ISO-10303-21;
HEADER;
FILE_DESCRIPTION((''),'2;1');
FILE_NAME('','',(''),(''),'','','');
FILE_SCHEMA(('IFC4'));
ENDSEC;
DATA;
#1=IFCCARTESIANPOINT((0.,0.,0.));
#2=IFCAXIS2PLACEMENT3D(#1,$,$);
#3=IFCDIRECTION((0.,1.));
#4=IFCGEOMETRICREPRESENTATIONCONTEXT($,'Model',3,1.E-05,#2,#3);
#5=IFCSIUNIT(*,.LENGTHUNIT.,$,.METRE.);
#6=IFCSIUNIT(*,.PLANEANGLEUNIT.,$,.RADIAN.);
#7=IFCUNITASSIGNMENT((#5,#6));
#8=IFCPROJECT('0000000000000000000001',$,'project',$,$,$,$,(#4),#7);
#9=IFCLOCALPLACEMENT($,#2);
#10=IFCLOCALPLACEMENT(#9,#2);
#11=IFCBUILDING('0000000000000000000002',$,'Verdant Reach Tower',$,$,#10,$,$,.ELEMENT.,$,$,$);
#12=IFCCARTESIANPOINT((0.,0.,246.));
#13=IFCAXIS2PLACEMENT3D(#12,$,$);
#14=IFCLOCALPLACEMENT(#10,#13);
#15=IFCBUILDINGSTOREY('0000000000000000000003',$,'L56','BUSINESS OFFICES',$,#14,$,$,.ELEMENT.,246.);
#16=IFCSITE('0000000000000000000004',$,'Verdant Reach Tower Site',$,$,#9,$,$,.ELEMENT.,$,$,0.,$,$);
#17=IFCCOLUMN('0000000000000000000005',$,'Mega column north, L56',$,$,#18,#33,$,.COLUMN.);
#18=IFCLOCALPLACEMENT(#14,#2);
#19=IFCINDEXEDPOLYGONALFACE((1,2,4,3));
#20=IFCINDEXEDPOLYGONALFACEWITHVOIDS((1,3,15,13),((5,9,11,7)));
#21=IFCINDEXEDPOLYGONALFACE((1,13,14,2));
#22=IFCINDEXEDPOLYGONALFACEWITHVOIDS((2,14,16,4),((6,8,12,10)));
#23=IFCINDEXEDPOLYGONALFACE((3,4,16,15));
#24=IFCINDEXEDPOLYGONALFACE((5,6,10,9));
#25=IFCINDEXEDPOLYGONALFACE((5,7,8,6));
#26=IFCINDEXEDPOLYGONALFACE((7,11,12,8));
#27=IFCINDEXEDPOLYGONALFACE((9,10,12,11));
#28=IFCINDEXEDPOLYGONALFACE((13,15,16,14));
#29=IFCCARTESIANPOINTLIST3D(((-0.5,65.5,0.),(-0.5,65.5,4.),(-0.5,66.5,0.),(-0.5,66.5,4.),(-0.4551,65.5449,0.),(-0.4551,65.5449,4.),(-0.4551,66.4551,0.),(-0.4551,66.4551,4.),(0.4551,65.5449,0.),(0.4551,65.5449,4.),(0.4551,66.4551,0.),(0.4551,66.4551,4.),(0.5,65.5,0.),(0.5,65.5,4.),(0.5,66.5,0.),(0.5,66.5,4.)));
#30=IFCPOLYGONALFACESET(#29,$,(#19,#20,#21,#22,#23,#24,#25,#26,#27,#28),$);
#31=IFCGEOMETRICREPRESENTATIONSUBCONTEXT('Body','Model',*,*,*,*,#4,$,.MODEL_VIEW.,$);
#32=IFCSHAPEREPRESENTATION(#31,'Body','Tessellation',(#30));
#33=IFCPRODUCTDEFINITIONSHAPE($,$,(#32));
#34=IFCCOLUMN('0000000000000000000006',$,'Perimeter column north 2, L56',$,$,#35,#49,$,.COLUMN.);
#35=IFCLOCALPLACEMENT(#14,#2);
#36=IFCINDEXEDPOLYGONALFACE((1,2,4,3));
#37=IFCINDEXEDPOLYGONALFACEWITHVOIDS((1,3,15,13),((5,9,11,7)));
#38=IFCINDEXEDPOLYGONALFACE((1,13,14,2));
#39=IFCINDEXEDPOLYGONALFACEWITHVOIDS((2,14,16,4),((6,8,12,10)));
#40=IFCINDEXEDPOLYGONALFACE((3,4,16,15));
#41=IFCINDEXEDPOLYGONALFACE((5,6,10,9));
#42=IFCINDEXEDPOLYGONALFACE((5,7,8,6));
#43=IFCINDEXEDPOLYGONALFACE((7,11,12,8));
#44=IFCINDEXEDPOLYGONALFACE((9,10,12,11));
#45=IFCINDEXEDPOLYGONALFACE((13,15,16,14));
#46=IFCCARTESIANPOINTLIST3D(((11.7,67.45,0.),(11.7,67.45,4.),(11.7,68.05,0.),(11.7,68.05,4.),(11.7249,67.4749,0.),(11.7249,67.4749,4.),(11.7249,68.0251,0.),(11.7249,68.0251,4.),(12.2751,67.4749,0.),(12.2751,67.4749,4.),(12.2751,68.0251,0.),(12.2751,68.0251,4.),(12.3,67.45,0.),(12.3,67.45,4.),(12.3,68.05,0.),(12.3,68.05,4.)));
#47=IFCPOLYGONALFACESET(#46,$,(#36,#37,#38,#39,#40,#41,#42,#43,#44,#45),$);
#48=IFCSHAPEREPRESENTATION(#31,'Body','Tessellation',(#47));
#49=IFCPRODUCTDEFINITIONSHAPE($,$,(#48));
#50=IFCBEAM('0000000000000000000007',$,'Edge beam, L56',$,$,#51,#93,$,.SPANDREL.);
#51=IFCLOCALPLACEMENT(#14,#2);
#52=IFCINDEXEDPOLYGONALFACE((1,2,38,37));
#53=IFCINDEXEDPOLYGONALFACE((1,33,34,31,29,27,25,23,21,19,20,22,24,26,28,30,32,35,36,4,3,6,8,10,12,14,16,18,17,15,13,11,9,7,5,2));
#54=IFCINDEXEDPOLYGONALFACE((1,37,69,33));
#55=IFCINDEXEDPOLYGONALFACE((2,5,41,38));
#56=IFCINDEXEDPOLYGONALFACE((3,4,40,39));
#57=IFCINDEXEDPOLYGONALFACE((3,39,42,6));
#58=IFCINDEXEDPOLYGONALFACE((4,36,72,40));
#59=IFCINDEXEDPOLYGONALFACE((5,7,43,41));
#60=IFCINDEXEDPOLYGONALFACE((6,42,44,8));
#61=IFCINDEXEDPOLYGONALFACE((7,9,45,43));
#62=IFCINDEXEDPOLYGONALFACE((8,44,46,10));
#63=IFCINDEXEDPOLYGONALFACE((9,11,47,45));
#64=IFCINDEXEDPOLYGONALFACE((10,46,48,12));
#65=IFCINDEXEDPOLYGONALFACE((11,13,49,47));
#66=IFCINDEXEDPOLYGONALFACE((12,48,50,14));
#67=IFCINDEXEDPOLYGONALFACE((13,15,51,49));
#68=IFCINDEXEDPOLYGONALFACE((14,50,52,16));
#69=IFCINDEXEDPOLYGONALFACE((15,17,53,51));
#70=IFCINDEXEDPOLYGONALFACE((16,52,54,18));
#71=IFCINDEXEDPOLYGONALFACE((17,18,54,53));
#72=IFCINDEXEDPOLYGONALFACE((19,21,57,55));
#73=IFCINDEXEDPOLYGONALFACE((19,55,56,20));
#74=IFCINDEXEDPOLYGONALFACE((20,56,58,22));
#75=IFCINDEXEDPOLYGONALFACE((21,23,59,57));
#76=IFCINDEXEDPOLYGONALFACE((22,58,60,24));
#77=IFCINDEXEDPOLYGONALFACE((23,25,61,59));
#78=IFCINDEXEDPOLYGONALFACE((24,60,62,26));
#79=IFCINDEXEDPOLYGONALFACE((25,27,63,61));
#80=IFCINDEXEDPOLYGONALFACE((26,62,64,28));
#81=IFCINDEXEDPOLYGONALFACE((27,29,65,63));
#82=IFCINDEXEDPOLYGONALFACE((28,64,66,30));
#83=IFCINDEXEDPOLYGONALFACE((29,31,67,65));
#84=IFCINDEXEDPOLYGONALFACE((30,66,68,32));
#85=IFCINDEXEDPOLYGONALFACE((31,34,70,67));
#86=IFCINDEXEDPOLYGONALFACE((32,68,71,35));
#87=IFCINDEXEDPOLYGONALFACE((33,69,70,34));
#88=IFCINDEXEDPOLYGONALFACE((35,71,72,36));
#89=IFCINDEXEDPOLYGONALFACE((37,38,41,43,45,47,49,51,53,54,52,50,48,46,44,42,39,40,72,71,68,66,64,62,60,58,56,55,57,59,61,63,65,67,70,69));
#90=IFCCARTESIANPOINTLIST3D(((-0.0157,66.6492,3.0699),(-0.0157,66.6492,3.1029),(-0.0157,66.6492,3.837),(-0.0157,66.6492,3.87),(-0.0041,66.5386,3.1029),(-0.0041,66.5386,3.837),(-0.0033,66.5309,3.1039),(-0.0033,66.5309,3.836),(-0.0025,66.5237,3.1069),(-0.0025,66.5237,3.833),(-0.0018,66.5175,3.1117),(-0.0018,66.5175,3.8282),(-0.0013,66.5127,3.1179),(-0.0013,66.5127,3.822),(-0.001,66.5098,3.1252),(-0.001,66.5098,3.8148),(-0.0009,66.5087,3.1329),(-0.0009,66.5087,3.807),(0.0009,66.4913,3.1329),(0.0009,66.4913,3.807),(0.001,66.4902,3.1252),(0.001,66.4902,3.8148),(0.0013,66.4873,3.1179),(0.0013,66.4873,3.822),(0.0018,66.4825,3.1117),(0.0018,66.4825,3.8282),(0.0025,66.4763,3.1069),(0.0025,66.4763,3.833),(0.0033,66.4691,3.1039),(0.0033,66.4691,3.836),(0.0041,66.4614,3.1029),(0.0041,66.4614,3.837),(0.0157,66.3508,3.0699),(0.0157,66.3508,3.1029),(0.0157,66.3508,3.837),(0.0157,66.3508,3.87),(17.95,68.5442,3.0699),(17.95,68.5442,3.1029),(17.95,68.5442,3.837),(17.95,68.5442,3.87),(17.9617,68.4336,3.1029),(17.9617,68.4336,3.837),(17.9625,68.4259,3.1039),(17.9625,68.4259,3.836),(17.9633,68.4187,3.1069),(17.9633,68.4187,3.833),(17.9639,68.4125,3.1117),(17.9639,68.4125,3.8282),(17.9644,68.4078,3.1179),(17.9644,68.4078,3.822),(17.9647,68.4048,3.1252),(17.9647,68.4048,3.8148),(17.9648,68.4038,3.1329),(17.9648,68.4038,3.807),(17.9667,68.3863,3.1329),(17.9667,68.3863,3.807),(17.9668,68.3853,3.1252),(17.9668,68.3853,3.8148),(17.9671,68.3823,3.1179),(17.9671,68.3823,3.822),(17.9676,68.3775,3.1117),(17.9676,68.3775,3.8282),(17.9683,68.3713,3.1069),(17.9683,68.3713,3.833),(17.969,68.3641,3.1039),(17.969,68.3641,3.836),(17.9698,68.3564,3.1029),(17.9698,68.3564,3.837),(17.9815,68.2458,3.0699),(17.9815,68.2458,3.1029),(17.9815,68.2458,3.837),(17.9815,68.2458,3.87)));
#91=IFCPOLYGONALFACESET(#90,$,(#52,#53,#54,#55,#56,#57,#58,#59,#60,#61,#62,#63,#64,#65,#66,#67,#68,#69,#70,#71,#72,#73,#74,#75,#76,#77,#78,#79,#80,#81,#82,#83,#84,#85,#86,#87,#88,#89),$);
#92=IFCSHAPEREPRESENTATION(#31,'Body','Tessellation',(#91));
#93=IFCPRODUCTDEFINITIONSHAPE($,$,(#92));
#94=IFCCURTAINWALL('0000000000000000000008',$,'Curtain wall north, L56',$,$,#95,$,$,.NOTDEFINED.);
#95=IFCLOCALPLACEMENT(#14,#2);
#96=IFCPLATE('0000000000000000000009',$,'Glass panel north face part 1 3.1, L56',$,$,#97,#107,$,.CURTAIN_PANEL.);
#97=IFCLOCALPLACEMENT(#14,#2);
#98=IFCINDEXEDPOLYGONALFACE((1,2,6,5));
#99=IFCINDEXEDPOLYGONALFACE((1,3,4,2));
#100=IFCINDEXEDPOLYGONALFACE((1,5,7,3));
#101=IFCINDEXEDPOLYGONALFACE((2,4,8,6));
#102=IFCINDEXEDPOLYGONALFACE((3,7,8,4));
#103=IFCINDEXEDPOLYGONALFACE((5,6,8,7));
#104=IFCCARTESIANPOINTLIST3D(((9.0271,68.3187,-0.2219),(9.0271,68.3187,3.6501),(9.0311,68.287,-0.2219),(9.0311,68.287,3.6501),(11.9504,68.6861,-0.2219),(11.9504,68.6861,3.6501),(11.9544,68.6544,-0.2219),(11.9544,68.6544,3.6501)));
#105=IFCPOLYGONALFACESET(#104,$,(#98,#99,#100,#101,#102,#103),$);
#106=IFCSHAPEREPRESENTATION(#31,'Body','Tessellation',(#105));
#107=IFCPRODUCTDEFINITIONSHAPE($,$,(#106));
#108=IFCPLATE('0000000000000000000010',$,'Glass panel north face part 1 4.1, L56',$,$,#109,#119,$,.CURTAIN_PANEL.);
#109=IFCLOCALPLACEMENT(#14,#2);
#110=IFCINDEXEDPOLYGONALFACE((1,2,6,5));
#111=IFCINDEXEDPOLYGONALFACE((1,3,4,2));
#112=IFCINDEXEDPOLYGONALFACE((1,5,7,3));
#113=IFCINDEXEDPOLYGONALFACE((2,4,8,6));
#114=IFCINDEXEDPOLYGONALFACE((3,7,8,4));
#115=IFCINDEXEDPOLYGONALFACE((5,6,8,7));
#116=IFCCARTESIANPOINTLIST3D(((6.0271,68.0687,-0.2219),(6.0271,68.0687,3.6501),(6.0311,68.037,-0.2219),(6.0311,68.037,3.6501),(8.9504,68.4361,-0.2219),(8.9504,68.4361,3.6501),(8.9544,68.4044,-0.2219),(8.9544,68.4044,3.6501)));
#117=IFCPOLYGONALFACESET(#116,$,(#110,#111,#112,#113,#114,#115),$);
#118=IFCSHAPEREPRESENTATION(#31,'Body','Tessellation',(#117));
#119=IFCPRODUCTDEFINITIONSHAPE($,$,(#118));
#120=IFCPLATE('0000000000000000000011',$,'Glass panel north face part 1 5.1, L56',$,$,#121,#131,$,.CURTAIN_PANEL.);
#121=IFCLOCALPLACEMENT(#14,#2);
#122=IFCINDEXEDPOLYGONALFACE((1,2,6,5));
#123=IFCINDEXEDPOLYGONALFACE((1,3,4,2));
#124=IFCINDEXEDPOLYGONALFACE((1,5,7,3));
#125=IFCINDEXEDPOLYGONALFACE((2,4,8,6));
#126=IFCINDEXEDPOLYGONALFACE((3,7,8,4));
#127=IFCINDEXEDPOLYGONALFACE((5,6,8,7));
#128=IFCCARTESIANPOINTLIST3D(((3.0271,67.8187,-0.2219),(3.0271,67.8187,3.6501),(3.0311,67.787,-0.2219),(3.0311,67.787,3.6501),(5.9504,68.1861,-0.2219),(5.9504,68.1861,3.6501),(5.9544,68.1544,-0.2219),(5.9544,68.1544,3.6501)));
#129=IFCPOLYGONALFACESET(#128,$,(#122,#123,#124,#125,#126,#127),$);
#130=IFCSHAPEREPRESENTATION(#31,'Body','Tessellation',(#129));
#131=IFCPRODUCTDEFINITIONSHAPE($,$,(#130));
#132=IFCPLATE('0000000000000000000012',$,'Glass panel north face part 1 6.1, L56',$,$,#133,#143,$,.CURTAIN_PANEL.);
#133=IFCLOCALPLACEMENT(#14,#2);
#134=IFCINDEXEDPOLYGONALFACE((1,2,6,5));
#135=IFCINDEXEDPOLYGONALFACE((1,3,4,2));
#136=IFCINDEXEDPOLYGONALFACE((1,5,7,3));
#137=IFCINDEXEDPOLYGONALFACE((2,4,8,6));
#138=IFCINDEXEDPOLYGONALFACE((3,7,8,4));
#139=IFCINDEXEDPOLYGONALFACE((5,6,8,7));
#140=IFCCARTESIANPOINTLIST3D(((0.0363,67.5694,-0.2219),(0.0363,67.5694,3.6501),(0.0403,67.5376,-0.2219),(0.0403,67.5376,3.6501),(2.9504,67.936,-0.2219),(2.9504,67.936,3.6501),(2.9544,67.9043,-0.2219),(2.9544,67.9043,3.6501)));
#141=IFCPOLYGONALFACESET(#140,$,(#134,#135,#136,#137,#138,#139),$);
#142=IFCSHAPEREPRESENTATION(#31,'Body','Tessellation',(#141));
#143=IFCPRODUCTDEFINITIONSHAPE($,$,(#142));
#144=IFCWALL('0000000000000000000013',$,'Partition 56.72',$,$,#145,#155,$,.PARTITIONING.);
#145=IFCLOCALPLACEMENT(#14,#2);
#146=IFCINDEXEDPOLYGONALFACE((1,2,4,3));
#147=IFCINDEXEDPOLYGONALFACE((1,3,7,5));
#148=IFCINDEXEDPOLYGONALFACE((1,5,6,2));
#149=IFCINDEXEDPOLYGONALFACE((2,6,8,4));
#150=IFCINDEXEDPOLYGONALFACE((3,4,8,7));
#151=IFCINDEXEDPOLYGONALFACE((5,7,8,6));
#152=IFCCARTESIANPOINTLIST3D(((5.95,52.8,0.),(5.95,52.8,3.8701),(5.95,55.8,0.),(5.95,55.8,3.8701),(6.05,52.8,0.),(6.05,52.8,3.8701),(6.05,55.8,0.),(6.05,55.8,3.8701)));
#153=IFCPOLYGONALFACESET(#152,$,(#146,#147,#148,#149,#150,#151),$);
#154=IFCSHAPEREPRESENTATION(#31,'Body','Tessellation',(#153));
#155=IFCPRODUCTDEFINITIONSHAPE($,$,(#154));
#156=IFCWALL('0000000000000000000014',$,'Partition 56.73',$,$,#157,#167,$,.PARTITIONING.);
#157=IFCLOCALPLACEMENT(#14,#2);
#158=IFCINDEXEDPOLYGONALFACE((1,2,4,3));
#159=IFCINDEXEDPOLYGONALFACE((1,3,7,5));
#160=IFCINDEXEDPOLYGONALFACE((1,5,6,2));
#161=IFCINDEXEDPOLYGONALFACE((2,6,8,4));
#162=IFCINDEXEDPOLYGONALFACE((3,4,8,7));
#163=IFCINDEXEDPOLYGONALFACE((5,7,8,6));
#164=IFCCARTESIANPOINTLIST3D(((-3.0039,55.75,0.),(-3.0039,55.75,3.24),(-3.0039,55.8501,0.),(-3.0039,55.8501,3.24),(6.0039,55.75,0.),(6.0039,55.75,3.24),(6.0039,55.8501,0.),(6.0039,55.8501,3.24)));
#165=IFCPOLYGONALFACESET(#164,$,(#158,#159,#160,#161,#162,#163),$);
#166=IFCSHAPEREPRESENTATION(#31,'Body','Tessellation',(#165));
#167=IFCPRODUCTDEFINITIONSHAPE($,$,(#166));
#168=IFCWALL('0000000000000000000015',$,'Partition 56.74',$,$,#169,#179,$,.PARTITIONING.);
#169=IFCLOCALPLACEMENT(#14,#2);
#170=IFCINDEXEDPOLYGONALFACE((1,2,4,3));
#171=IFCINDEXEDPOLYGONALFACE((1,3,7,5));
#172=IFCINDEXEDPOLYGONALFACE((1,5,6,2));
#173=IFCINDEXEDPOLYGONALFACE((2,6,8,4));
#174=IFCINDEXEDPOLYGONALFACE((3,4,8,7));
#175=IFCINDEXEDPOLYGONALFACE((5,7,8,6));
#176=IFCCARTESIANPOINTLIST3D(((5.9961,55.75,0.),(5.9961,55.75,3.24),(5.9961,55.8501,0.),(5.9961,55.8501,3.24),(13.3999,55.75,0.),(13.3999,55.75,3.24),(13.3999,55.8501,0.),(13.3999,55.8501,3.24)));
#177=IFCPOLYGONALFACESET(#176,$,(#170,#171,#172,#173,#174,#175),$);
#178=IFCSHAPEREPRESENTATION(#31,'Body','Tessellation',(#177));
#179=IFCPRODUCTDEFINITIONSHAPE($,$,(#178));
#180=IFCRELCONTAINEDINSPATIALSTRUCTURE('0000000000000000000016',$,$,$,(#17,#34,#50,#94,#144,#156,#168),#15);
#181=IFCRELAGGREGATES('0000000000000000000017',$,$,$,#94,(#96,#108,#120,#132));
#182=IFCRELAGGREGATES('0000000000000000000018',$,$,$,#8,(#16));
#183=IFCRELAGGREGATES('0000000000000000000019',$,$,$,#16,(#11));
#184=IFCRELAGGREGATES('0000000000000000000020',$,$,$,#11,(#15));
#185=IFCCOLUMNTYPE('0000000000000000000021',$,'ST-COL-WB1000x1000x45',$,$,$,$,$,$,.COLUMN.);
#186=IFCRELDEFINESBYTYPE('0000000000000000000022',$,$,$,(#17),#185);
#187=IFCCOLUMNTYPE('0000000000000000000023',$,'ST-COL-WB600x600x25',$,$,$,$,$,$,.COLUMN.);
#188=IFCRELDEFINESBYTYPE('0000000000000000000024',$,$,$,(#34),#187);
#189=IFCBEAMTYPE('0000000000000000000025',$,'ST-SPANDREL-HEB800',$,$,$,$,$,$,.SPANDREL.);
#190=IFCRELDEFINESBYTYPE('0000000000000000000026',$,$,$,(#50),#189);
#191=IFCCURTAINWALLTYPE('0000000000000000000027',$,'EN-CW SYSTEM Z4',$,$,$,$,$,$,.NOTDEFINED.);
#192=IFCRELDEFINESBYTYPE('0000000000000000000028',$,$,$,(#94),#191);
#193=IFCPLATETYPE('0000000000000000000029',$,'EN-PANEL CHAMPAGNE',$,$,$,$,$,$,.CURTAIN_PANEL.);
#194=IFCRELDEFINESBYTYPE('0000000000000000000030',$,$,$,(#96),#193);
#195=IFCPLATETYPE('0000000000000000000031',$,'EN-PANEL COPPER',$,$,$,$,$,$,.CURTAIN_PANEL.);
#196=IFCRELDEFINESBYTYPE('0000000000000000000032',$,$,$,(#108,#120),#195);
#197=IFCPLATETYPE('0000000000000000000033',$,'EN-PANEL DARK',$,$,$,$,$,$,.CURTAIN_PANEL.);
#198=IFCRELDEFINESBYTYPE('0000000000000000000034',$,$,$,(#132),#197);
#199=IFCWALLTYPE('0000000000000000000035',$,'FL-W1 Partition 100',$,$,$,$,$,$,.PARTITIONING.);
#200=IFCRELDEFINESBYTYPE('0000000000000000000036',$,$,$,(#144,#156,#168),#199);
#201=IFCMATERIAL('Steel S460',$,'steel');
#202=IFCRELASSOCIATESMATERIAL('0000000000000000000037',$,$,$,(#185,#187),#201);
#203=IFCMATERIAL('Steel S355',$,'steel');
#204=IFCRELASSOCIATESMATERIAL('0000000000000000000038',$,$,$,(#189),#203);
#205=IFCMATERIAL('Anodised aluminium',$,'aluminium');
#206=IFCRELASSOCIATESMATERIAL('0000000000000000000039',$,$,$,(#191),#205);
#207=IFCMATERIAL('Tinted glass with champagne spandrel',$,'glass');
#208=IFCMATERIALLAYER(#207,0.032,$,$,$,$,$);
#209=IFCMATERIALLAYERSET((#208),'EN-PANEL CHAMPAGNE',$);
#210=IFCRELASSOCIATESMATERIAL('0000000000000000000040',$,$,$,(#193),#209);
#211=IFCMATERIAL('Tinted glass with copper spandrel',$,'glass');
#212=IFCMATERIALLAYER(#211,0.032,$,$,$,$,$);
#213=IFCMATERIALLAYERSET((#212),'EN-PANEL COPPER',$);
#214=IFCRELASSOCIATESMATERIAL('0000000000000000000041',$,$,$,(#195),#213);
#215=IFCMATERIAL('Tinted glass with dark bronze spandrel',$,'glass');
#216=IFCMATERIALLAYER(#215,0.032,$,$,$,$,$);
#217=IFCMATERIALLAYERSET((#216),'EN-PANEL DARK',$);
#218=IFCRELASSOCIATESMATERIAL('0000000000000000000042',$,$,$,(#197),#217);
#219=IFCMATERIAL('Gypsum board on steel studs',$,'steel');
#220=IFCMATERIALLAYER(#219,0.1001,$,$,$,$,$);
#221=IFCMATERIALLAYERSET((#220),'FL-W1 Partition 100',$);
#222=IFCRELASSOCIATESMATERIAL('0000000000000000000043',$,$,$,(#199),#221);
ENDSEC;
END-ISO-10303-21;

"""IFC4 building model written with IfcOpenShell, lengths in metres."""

from ifc_helpers import new_model, si_unit, direction, frame, frame_2d, origin, origin_2d, place, context, subcontext, project, spatial, rectangle, hollow_rectangle, i_section, extrude, material, layer, layer_set, material_profile, profile_set, type_object, element, aggregate, save


model = new_model("IFC4")

# Units and contexts
model_context = context("Model", 3, precision=1e-05, world=origin(), true_north=direction((0.0, 1.0)))
body_context = subcontext(model_context, "Body", "Model", "MODEL_VIEW")
ifc_project = project(units=[si_unit("LENGTHUNIT", "METRE"), si_unit("PLANEANGLEUNIT", "RADIAN")], contexts=[model_context])

# Site, building, storey
site_placement = place(None, origin())
site = spatial("IfcSite", under=ifc_project, at=site_placement, Name="Verdant Reach Tower Site", CompositionType="ELEMENT", RefElevation=0.0)
building_placement = place(site_placement, origin())
building = spatial("IfcBuilding", under=site, at=building_placement, Name="Verdant Reach Tower", CompositionType="ELEMENT")
storey_placement = place(building_placement, frame((0.0, 0.0, 246.0)))
storey = spatial("IfcBuildingStorey", under=building, at=storey_placement, Name="L56", Description="BUSINESS OFFICES", CompositionType="ELEMENT", Elevation=246.0)

# Columns
ifc_material_1 = material(Name="Steel S460", Category="steel")
ifc_material_profile_1 = material_profile(ifc_material_1, hollow_rectangle(XDim=1.0, YDim=1.0, WallThickness=0.0449, at=origin_2d()), Name="WB 1000x1000x45")
ifc_profile_set_1 = profile_set([ifc_material_profile_1], Name="Steel S460")
column_type_1 = type_object("IfcColumnType", Name="ST-COL-WB1000x1000x45", PredefinedType="COLUMN", material=ifc_profile_set_1)
column_1_placement = place(storey_placement, frame((0.0, 66.0, 0.0), z_axis=(0.0, 0.0, 1.0), x_axis=(1.0, 0.0, 0.0)))
element("IfcColumn", 1, at=column_1_placement, inside=storey, type_object=column_type_1, Name="Mega column north, L56", PredefinedType="COLUMN", context=body_context, shape_type="SweptSolid", body=[
    extrude(hollow_rectangle(XDim=1.0, YDim=1.0, WallThickness=0.0449, at=origin_2d()), origin(), (0.0, 0.0, 1.0), 4.0),
])
ifc_material_profile_2 = material_profile(ifc_material_1, hollow_rectangle(XDim=0.6001, YDim=0.6001, WallThickness=0.0249, at=origin_2d()), Name="WB 600x600x25")
ifc_profile_set_2 = profile_set([ifc_material_profile_2], Name="Steel S460")
column_type_2 = type_object("IfcColumnType", Name="ST-COL-WB600x600x25", PredefinedType="COLUMN", material=ifc_profile_set_2)
column_2_placement = place(storey_placement, frame((12.0, 67.75, 0.0), z_axis=(0.0, 0.0, 1.0), x_axis=(1.0, 0.0, 0.0)))
element("IfcColumn", 2, at=column_2_placement, inside=storey, type_object=column_type_2, Name="Perimeter column north 2, L56", PredefinedType="COLUMN", context=body_context, shape_type="SweptSolid", body=[
    extrude(hollow_rectangle(XDim=0.6001, YDim=0.6001, WallThickness=0.0249, at=origin_2d()), origin(), (0.0, 0.0, 1.0), 4.0),
])

# Beam
ifc_material_2 = material(Name="Steel S355", Category="steel")
ifc_material_profile_3 = material_profile(ifc_material_2, i_section(OverallWidth=0.3, OverallDepth=0.8, WebThickness=0.0176, FlangeThickness=0.033, FilletRadius=0.03, at=origin_2d()), Name="HEB 800")
ifc_profile_set_3 = profile_set([ifc_material_profile_3], Name="Steel S355")
beam_type = type_object("IfcBeamType", Name="ST-SPANDREL-HEB800", PredefinedType="SPANDREL", material=ifc_profile_set_3)
beam_placement = place(storey_placement, frame((0.0, 66.5, 3.47), z_axis=(0.994483, 0.104897, 0.0), x_axis=(-0.104897, 0.994483, 0.0)))
element("IfcBeam", 3, at=beam_placement, inside=storey, type_object=beam_type, Name="Edge beam, L56", PredefinedType="SPANDREL", context=body_context, shape_type="SweptSolid", body=[
    extrude(i_section(OverallWidth=0.3, OverallDepth=0.8, WebThickness=0.0176, FlangeThickness=0.033, FilletRadius=0.03, at=origin_2d()), origin(), (0.0, 0.0, 1.0), 18.0654),
])

# Curtain wall, plates
ifc_material_3 = material(Name="Anodised aluminium", Category="aluminium")
curtain_wall_type = type_object("IfcCurtainWallType", Name="EN-CW SYSTEM Z4", PredefinedType="NOTDEFINED", material=ifc_material_3)
curtain_wall_placement = place(storey_placement, origin())
curtain_wall = element("IfcCurtainWall", 4, at=curtain_wall_placement, inside=storey, type_object=curtain_wall_type, Name="Curtain wall north, L56", PredefinedType="NOTDEFINED")
ifc_material_4 = material(Name="Tinted glass with champagne spandrel", Category="glass")
ifc_layer_1 = layer(ifc_material_4, 0.032)
ifc_layer_set_1 = layer_set([ifc_layer_1], Name="EN-PANEL CHAMPAGNE")
plate_type_1 = type_object("IfcPlateType", Name="EN-PANEL CHAMPAGNE", PredefinedType="CURTAIN_PANEL", material=ifc_layer_set_1)
plate_1_placement = place(storey_placement, frame((10.4907, 68.4866, -0.2219), z_axis=(0.0, 0.0, 1.0), x_axis=(-0.992194, -0.124704, 0.0)))
plate_1 = element("IfcPlate", 5, at=plate_1_placement, type_object=plate_type_1, Name="Glass panel north face part 1 3.1, L56", PredefinedType="CURTAIN_PANEL", context=body_context, shape_type="SweptSolid", body=[
    extrude(rectangle(XDim=2.9463, YDim=0.032, at=origin_2d()), origin(), (0.0, 0.0, 1.0), 3.8721),
])
ifc_material_5 = material(Name="Tinted glass with copper spandrel", Category="glass")
ifc_layer_2 = layer(ifc_material_5, 0.032)
ifc_layer_set_2 = layer_set([ifc_layer_2], Name="EN-PANEL COPPER")
plate_type_2 = type_object("IfcPlateType", Name="EN-PANEL COPPER", PredefinedType="CURTAIN_PANEL", material=ifc_layer_set_2)
plate_2_placement = place(storey_placement, frame((7.4907, 68.2366, -0.2219), z_axis=(0.0, 0.0, 1.0), x_axis=(-0.992194, -0.124704, 0.0)))
plate_2 = element("IfcPlate", 6, at=plate_2_placement, type_object=plate_type_2, Name="Glass panel north face part 1 4.1, L56", PredefinedType="CURTAIN_PANEL", context=body_context, shape_type="SweptSolid", body=[
    extrude(rectangle(XDim=2.9463, YDim=0.032, at=origin_2d()), origin(), (0.0, 0.0, 1.0), 3.8721),
])
plate_3_placement = place(storey_placement, frame((4.4907, 67.9866, -0.2219), z_axis=(0.0, 0.0, 1.0), x_axis=(-0.992194, -0.124704, 0.0)))
plate_3 = element("IfcPlate", 7, at=plate_3_placement, type_object=plate_type_2, Name="Glass panel north face part 1 5.1, L56", PredefinedType="CURTAIN_PANEL", context=body_context, shape_type="SweptSolid", body=[
    extrude(rectangle(XDim=2.9463, YDim=0.032, at=origin_2d()), origin(), (0.0, 0.0, 1.0), 3.8721),
])
ifc_material_6 = material(Name="Tinted glass with dark bronze spandrel", Category="glass")
ifc_layer_3 = layer(ifc_material_6, 0.032)
ifc_layer_set_3 = layer_set([ifc_layer_3], Name="EN-PANEL DARK")
plate_type_3 = type_object("IfcPlateType", Name="EN-PANEL DARK", PredefinedType="CURTAIN_PANEL", material=ifc_layer_set_3)
plate_4_placement = place(storey_placement, frame((1.4954, 67.7368, -0.2219), z_axis=(0.0, 0.0, 1.0), x_axis=(-0.992178, -0.124832, 0.0)))
plate_4 = element("IfcPlate", 8, at=plate_4_placement, type_object=plate_type_3, Name="Glass panel north face part 1 6.1, L56", PredefinedType="CURTAIN_PANEL", context=body_context, shape_type="SweptSolid", body=[
    extrude(rectangle(XDim=2.937, YDim=0.032, at=origin_2d()), origin(), (0.0, 0.0, 1.0), 3.8721),
])
aggregate(curtain_wall, [plate_1, plate_2, plate_3, plate_4])

# Walls
ifc_material_7 = material(Name="Gypsum board on steel studs", Category="steel")
ifc_layer_4 = layer(ifc_material_7, 0.1001)
ifc_layer_set_4 = layer_set([ifc_layer_4], Name="FL-W1 Partition 100")
wall_type_1 = type_object("IfcWallType", Name="FL-W1 Partition 100", PredefinedType="PARTITIONING", material=ifc_layer_set_4)
wall_1_placement = place(storey_placement, frame((6.0, 52.8, 0.0), z_axis=(0.0, 0.0, 1.0), x_axis=(0.0, 1.0, 0.0)))
element("IfcWall", 9, at=wall_1_placement, inside=storey, type_object=wall_type_1, Name="Partition 56.72", PredefinedType="PARTITIONING", context=body_context, shape_type="SweptSolid", body=[
    extrude(rectangle(XDim=3.0, YDim=0.1001, at=frame_2d((1.5, 0.0))), origin(), (0.0, 0.0, 1.0), 3.8701),
])
wall_2_placement = place(storey_placement, frame((6.0039, 55.8, 0.0), z_axis=(0.0, 0.0, 1.0), x_axis=(-1.0, 0.0, 0.0)))
element("IfcWall", 10, at=wall_2_placement, inside=storey, type_object=wall_type_1, Name="Partition 56.73", PredefinedType="PARTITIONING", context=body_context, shape_type="SweptSolid", body=[
    extrude(rectangle(XDim=9.0078, YDim=0.1001, at=frame_2d((4.5039, 0.0))), origin(), (0.0, 0.0, 1.0), 3.24),
])
wall_3_placement = place(storey_placement, frame((13.3999, 55.8, 0.0), z_axis=(0.0, 0.0, 1.0), x_axis=(-1.0, 0.0, 0.0)))
element("IfcWall", 11, at=wall_3_placement, inside=storey, type_object=wall_type_1, Name="Partition 56.74", PredefinedType="PARTITIONING", context=body_context, shape_type="SweptSolid", body=[
    extrude(rectangle(XDim=7.4038, YDim=0.1001, at=frame_2d((3.7019, 0.0))), origin(), (0.0, 0.0, 1.0), 3.24),
])

save(model, "model.ifc")
